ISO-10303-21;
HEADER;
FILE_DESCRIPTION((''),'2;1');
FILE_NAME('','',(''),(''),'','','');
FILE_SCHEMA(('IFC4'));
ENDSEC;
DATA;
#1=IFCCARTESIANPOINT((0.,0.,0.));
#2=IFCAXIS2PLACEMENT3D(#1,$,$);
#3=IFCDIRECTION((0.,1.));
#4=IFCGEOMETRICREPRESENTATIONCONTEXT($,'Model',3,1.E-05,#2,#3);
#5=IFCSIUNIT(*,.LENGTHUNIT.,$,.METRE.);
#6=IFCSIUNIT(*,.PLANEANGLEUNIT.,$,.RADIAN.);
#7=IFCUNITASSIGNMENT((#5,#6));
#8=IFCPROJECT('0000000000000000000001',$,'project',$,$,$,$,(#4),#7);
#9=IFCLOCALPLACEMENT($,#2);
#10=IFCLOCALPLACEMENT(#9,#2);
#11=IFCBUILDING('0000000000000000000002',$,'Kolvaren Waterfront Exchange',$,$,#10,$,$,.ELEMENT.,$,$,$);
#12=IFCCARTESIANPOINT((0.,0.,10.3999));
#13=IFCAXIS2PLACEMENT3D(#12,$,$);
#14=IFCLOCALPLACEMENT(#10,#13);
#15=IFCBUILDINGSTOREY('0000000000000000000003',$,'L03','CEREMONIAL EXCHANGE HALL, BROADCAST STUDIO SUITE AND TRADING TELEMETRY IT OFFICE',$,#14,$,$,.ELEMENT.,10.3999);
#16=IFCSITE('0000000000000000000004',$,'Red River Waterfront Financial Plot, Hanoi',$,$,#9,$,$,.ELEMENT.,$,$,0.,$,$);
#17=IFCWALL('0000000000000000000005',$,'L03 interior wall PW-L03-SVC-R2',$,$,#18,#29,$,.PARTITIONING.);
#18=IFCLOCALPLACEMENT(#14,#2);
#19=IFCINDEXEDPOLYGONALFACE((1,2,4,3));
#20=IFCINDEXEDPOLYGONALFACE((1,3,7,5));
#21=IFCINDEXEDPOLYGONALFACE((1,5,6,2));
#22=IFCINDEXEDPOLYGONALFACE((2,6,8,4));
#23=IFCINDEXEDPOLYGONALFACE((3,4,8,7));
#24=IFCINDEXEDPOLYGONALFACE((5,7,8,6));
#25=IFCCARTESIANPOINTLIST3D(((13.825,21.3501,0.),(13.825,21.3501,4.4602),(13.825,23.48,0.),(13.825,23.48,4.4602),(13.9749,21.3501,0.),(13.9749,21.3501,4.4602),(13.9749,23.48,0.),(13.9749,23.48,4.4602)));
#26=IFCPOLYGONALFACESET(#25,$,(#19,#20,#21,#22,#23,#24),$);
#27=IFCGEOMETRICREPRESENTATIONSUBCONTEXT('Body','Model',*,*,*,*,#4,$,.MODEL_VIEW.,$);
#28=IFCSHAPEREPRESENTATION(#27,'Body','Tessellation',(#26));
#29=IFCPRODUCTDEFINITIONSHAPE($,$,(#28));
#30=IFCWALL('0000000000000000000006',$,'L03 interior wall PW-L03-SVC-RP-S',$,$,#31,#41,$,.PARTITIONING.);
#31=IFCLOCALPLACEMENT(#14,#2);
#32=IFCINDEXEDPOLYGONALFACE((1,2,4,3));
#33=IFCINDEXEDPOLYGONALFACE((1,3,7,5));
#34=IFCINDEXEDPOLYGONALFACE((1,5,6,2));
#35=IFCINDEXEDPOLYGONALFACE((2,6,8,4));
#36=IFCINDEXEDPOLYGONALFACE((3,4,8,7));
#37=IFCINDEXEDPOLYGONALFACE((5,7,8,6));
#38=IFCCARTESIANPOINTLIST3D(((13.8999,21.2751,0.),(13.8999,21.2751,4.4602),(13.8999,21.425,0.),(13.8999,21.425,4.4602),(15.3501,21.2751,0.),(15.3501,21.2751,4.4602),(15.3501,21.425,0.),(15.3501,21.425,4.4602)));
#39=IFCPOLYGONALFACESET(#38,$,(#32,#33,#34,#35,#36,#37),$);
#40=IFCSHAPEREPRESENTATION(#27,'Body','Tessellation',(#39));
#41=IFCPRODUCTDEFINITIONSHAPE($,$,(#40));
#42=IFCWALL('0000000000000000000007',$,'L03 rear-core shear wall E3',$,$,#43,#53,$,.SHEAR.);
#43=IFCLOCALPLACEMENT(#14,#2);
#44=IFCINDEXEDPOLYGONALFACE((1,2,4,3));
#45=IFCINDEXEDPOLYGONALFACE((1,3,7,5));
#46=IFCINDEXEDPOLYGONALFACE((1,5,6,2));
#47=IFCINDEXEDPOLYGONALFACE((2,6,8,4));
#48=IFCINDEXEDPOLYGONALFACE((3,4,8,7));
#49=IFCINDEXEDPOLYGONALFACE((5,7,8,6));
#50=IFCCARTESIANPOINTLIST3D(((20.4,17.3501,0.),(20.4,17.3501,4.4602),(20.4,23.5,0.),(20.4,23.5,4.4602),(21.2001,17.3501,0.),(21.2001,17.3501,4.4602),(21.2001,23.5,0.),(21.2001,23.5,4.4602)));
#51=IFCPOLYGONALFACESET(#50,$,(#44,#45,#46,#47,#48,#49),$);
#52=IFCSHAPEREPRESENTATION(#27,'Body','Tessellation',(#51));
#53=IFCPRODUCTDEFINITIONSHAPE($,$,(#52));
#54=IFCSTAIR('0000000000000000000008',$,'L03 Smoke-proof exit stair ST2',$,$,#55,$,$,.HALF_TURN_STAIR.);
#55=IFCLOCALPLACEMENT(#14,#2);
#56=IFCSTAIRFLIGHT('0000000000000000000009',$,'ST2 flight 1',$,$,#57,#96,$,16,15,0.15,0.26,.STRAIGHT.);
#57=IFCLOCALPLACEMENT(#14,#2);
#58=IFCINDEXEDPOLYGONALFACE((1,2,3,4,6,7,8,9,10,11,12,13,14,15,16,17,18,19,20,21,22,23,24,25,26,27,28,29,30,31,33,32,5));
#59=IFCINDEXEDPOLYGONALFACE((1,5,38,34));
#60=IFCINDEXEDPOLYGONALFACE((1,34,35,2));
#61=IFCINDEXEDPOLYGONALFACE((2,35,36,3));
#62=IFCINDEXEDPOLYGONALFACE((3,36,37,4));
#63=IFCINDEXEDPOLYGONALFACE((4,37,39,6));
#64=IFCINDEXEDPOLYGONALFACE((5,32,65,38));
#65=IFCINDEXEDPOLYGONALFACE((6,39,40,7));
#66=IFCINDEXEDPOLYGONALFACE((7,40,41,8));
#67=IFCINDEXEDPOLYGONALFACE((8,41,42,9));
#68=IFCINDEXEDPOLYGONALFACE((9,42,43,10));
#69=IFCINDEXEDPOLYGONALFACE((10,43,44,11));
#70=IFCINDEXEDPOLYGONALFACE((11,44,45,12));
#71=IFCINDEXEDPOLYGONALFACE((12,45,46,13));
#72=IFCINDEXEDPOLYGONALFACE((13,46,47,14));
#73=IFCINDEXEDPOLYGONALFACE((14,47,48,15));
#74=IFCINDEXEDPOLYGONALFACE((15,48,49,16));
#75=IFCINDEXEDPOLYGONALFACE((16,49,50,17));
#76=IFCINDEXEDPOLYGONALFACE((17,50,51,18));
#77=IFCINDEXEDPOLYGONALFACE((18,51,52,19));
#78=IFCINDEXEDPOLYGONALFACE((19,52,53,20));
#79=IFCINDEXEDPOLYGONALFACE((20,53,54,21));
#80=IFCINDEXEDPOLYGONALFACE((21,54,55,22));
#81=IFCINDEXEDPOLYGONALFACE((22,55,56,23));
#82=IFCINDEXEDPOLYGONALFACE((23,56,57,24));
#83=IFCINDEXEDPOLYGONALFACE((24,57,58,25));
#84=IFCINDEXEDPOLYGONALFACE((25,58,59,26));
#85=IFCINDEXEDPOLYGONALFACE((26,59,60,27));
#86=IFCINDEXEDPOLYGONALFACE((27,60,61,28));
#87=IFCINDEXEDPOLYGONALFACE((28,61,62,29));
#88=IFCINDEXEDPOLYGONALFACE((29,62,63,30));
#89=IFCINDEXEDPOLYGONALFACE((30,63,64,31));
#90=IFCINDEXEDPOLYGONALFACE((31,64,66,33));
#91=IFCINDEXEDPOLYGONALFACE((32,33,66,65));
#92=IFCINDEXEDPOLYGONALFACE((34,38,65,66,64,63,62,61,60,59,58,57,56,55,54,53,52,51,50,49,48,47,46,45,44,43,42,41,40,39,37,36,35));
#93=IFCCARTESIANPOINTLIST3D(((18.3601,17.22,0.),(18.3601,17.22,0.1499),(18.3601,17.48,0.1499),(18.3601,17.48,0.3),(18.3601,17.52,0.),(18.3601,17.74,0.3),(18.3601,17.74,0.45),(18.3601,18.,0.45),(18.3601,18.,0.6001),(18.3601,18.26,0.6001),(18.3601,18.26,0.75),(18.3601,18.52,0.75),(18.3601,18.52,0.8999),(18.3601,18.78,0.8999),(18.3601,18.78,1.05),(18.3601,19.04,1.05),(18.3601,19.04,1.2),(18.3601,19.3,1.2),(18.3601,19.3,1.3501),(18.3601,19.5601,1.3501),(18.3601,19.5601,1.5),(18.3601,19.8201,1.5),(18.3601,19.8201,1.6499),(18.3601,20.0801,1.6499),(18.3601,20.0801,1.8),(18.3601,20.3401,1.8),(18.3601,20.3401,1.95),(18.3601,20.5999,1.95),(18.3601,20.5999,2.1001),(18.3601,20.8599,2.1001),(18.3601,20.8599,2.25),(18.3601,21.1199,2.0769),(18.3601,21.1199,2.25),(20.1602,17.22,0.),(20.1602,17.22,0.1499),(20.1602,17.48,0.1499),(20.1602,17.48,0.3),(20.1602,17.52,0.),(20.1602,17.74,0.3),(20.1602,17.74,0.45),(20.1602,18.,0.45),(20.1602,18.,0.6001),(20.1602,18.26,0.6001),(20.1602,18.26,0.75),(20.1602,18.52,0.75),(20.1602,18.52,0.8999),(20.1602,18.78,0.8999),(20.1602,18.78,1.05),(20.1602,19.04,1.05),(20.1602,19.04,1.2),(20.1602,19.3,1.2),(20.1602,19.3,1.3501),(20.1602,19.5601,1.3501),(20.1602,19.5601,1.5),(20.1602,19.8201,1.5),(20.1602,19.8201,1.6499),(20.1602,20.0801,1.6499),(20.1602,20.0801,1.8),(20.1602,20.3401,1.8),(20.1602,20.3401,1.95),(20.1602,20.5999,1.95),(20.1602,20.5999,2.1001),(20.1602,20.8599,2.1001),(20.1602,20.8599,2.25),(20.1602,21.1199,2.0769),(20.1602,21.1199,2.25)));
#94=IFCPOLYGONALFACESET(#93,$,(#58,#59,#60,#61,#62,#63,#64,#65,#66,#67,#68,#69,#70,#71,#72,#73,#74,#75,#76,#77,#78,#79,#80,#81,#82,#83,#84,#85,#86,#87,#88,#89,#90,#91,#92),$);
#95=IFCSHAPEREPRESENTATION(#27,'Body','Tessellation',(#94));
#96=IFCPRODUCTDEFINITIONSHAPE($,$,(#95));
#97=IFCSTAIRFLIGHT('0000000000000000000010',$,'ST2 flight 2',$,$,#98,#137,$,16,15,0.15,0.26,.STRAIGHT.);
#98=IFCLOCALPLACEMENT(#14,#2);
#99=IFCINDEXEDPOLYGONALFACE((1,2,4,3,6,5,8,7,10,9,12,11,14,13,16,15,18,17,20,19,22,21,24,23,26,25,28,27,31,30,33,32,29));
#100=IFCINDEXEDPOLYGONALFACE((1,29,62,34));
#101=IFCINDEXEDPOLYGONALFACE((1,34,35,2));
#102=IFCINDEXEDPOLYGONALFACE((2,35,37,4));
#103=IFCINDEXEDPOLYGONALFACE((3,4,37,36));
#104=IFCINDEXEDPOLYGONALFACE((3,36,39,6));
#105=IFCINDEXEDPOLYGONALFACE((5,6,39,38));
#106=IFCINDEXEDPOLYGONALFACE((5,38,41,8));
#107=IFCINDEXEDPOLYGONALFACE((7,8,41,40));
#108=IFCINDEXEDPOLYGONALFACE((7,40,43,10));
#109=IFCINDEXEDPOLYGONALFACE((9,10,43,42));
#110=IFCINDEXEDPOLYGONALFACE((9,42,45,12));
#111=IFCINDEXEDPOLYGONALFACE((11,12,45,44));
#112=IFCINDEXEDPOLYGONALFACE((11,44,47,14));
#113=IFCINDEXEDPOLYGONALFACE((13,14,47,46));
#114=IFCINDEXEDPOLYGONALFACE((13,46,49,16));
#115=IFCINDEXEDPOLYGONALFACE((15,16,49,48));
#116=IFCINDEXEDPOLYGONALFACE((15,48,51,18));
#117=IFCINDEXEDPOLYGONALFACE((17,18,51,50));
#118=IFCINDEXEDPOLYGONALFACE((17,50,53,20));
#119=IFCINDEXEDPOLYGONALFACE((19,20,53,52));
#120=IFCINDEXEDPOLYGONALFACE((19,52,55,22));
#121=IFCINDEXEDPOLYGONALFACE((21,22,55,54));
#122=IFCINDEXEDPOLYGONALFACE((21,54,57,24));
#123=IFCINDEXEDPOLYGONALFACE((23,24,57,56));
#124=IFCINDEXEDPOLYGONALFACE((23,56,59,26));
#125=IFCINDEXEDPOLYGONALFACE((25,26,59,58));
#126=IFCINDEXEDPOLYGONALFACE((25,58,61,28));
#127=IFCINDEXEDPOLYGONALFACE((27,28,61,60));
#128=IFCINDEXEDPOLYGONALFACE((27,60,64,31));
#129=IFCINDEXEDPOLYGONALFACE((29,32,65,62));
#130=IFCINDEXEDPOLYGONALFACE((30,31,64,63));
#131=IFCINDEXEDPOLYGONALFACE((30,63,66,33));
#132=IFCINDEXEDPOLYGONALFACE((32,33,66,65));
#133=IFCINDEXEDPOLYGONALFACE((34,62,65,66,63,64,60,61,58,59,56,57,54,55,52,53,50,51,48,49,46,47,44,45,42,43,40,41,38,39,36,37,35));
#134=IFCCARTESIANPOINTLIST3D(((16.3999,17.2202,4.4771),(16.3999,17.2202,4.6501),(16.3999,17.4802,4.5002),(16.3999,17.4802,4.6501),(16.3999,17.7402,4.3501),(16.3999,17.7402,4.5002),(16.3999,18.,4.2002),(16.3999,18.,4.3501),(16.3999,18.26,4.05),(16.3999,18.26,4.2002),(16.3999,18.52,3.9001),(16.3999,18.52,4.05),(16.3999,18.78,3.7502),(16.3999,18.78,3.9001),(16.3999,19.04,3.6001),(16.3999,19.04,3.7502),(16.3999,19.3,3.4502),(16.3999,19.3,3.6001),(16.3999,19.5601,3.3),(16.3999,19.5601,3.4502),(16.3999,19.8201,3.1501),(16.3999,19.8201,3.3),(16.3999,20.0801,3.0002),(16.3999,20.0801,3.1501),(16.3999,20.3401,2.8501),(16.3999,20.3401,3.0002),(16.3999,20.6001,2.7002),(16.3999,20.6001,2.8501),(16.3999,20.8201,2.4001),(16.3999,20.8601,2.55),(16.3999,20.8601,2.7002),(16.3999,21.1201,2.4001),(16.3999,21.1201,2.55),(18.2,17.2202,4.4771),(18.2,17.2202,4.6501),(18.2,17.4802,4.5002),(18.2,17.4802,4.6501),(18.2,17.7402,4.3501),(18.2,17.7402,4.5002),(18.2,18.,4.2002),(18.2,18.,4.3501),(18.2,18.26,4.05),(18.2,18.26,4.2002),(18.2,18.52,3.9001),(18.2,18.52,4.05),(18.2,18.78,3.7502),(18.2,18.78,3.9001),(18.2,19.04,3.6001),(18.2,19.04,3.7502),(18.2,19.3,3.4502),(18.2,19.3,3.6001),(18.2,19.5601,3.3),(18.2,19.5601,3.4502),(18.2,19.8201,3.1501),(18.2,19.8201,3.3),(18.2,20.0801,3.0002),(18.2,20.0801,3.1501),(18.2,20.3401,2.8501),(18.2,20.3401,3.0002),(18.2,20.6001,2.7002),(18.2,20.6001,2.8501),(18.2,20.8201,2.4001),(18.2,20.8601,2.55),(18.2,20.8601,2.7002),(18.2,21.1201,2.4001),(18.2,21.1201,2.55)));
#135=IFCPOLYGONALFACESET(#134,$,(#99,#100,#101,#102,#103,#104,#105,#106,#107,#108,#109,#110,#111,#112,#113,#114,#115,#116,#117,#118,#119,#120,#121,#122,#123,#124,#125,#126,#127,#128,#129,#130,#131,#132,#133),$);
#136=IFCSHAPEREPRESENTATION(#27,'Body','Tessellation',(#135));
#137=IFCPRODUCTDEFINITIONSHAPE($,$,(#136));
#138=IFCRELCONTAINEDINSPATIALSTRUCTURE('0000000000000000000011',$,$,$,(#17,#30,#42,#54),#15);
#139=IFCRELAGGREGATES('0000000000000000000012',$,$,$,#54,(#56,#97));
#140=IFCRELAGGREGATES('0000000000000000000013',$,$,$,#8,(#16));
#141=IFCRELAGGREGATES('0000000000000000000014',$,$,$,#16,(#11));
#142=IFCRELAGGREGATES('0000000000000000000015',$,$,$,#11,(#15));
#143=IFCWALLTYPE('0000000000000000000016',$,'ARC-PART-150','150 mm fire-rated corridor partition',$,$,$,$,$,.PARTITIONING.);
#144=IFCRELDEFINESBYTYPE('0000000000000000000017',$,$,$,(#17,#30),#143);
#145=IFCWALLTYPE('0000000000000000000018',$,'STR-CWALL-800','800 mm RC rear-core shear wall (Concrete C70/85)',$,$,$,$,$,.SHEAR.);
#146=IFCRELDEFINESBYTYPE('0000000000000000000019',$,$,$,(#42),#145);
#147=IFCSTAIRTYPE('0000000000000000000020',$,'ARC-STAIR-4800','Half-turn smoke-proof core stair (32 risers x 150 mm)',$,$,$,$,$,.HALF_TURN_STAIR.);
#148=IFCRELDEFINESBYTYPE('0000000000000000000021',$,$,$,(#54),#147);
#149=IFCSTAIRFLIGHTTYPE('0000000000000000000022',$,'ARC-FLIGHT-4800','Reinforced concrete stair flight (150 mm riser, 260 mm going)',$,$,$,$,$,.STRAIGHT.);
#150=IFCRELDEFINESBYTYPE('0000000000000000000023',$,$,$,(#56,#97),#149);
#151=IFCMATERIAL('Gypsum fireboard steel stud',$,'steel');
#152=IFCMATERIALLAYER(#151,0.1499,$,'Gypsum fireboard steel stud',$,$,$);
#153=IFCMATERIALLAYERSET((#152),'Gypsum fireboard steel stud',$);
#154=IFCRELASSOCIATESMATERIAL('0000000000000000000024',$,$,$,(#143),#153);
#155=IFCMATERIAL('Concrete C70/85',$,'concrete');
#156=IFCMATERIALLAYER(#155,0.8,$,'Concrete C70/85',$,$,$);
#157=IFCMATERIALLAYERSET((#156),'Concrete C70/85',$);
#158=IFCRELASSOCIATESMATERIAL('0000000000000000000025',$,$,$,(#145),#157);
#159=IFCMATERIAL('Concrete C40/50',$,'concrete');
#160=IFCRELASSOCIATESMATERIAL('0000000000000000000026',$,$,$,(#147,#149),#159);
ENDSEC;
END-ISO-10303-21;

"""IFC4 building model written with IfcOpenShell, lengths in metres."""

from ifc_helpers import new_model, si_unit, direction, frame, frame_2d, origin, place, context, subcontext, project, spatial, polyline, rectangle, outline, extrude, material, layer, layer_set, type_object, element, aggregate, save


model = new_model("IFC4")

# Units and contexts
model_context = context("Model", 3, precision=1e-05, world=origin(), true_north=direction((0.0, 1.0)))
body_context = subcontext(model_context, "Body", "Model", "MODEL_VIEW")
ifc_project = project(units=[si_unit("LENGTHUNIT", "METRE"), si_unit("PLANEANGLEUNIT", "RADIAN")], contexts=[model_context])

# Site, building, storey
site_placement = place(None, origin())
site = spatial("IfcSite", under=ifc_project, at=site_placement, Name="Red River Waterfront Financial Plot, Hanoi", CompositionType="ELEMENT", RefElevation=0.0)
building_placement = place(site_placement, origin())
building = spatial("IfcBuilding", under=site, at=building_placement, Name="Kolvaren Waterfront Exchange", CompositionType="ELEMENT")
storey_placement = place(building_placement, frame((0.0, 0.0, 10.3999)))
storey = spatial("IfcBuildingStorey", under=building, at=storey_placement, Name="L03", Description="CEREMONIAL EXCHANGE HALL, BROADCAST STUDIO SUITE AND TRADING TELEMETRY IT OFFICE", CompositionType="ELEMENT", Elevation=10.3999)

# Shared definitions
ifc_material_1 = material(Name="Concrete C70/85", Category="concrete")

# Walls
ifc_material_2 = material(Name="Gypsum fireboard steel stud", Category="steel")
ifc_layer_1 = layer(ifc_material_2, 0.1499, Name="Gypsum fireboard steel stud")
ifc_layer_set_1 = layer_set([ifc_layer_1], Name="Gypsum fireboard steel stud")
wall_type_1 = type_object("IfcWallType", Name="ARC-PART-150", Description="150 mm fire-rated corridor partition", PredefinedType="PARTITIONING", material=ifc_layer_set_1)
wall_1_placement = place(storey_placement, frame((13.8999, 21.3501, 0.0), z_axis=(0.0, 0.0, 1.0), x_axis=(0.0, 1.0, 0.0)))
element("IfcWall", 1, at=wall_1_placement, inside=storey, type_object=wall_type_1, Name="L03 interior wall PW-L03-SVC-R2", PredefinedType="PARTITIONING", context=body_context, shape_type="SweptSolid", body=[
    extrude(rectangle(XDim=2.1299, YDim=0.1499, at=frame_2d((1.0649, 0.0))), origin(), (0.0, 0.0, 1.0), 4.4602),
])
wall_2_placement = place(storey_placement, frame((13.8999, 21.3501, 0.0), z_axis=(0.0, 0.0, 1.0), x_axis=(1.0, 0.0, 0.0)))
element("IfcWall", 2, at=wall_2_placement, inside=storey, type_object=wall_type_1, Name="L03 interior wall PW-L03-SVC-RP-S", PredefinedType="PARTITIONING", context=body_context, shape_type="SweptSolid", body=[
    extrude(rectangle(XDim=1.4502, YDim=0.1499, at=frame_2d((0.7251, 0.0))), origin(), (0.0, 0.0, 1.0), 4.4602),
])

# Wall
ifc_layer_2 = layer(ifc_material_1, 0.8, Name="Concrete C70/85")
ifc_layer_set_2 = layer_set([ifc_layer_2], Name="Concrete C70/85")
wall_type_2 = type_object("IfcWallType", Name="STR-CWALL-800", Description="800 mm RC rear-core shear wall (Concrete C70/85)", PredefinedType="SHEAR", material=ifc_layer_set_2)
wall_3_placement = place(storey_placement, frame((20.8, 17.3501, 0.0), z_axis=(0.0, 0.0, 1.0), x_axis=(0.0, 1.0, 0.0)))
element("IfcWall", 3, at=wall_3_placement, inside=storey, type_object=wall_type_2, Name="L03 rear-core shear wall E3", PredefinedType="SHEAR", context=body_context, shape_type="SweptSolid", body=[
    extrude(rectangle(XDim=6.1499, YDim=0.8, at=frame_2d((3.075, 0.0))), origin(), (0.0, 0.0, 1.0), 4.4602),
])

# Stair, stair flights
ifc_material_3 = material(Name="Concrete C40/50", Category="concrete")
stair_type = type_object("IfcStairType", Name="ARC-STAIR-4800", Description="Half-turn smoke-proof core stair (32 risers x 150 mm)", PredefinedType="HALF_TURN_STAIR", material=ifc_material_3)
stair_placement = place(storey_placement, origin())
stair = element("IfcStair", 4, at=stair_placement, inside=storey, type_object=stair_type, Name="L03 Smoke-proof exit stair ST2", PredefinedType="HALF_TURN_STAIR")
stair_flight_type = type_object("IfcStairFlightType", Name="ARC-FLIGHT-4800", Description="Reinforced concrete stair flight (150 mm riser, 260 mm going)", PredefinedType="STRAIGHT", material=ifc_material_3)
stair_flight_1_placement = place(storey_placement, frame((19.26, 17.22, 0.0), z_axis=(0.0, 0.0, 1.0), x_axis=(0.0, 1.0, 0.0)))
stair_flight_1 = element("IfcStairFlight", 5, at=stair_flight_1_placement, type_object=stair_flight_type, Name="ST2 flight 1", NumberOfRisers=16, NumberOfTreads=15, PredefinedType="STRAIGHT", RiserHeight=0.15, TreadLength=0.26, context=body_context, shape_type="SweptSolid", body=[
    extrude(outline(polyline([(0.0, 0.0), (0.0, 0.1499), (0.26, 0.1499), (0.26, 0.3), (0.52, 0.3), (0.52, 0.45), (0.78, 0.45), (0.78, 0.6001), (1.04, 0.6001), (1.04, 0.75), (1.3, 0.75), (1.3, 0.8999), (1.5601, 0.8999), (1.5601, 1.05), (1.8201, 1.05), (1.8201, 1.2), (2.0801, 1.2), (2.0801, 1.3501), (2.3401, 1.3501), (2.3401, 1.5), (2.6001, 1.5), (2.6001, 1.6499), (2.8601, 1.6499), (2.8601, 1.8), (3.1201, 1.8), (3.1201, 1.95), (3.3799, 1.95), (3.3799, 2.1001), (3.6399, 2.1001), (3.6399, 2.25), (3.8999, 2.25), (3.8999, 2.3999), (3.8999, 2.0769), (0.3, 0.0), (0.0, 0.0)])), frame((0.0, 0.8999, 0.0), z_axis=(0.0, -1.0, 0.0), x_axis=(1.0, 0.0, 0.0)), (0.0, 0.0, 1.0), 1.8),
])
stair_flight_2_placement = place(storey_placement, frame((17.3, 21.1201, 2.4001), z_axis=(0.0, 0.0, 1.0), x_axis=(0.0, -1.0, 0.0)))
stair_flight_2 = element("IfcStairFlight", 6, at=stair_flight_2_placement, type_object=stair_flight_type, Name="ST2 flight 2", NumberOfRisers=16, NumberOfTreads=15, PredefinedType="STRAIGHT", RiserHeight=0.15, TreadLength=0.26, context=body_context, shape_type="SweptSolid", body=[
    extrude(outline(polyline([(0.0, 0.0), (0.0, 0.1499), (0.26, 0.1499), (0.26, 0.3), (0.52, 0.3), (0.52, 0.45), (0.78, 0.45), (0.78, 0.6001), (1.04, 0.6001), (1.04, 0.75), (1.3, 0.75), (1.3, 0.8999), (1.5601, 0.8999), (1.5601, 1.05), (1.8201, 1.05), (1.8201, 1.2), (2.0801, 1.2), (2.0801, 1.3501), (2.3401, 1.3501), (2.3401, 1.5), (2.6001, 1.5), (2.6001, 1.6499), (2.8601, 1.6499), (2.8601, 1.8), (3.1201, 1.8), (3.1201, 1.95), (3.3799, 1.95), (3.3799, 2.1001), (3.6399, 2.1001), (3.6399, 2.25), (3.8999, 2.25), (3.8999, 2.3999), (3.8999, 2.0769), (0.3, 0.0), (0.0, 0.0)])), frame((0.0, 0.8999, 0.0), z_axis=(0.0, -1.0, 0.0), x_axis=(1.0, 0.0, 0.0)), (0.0, 0.0, 1.0), 1.8),
])
aggregate(stair, [stair_flight_1, stair_flight_2])

save(model, "model.ifc")
